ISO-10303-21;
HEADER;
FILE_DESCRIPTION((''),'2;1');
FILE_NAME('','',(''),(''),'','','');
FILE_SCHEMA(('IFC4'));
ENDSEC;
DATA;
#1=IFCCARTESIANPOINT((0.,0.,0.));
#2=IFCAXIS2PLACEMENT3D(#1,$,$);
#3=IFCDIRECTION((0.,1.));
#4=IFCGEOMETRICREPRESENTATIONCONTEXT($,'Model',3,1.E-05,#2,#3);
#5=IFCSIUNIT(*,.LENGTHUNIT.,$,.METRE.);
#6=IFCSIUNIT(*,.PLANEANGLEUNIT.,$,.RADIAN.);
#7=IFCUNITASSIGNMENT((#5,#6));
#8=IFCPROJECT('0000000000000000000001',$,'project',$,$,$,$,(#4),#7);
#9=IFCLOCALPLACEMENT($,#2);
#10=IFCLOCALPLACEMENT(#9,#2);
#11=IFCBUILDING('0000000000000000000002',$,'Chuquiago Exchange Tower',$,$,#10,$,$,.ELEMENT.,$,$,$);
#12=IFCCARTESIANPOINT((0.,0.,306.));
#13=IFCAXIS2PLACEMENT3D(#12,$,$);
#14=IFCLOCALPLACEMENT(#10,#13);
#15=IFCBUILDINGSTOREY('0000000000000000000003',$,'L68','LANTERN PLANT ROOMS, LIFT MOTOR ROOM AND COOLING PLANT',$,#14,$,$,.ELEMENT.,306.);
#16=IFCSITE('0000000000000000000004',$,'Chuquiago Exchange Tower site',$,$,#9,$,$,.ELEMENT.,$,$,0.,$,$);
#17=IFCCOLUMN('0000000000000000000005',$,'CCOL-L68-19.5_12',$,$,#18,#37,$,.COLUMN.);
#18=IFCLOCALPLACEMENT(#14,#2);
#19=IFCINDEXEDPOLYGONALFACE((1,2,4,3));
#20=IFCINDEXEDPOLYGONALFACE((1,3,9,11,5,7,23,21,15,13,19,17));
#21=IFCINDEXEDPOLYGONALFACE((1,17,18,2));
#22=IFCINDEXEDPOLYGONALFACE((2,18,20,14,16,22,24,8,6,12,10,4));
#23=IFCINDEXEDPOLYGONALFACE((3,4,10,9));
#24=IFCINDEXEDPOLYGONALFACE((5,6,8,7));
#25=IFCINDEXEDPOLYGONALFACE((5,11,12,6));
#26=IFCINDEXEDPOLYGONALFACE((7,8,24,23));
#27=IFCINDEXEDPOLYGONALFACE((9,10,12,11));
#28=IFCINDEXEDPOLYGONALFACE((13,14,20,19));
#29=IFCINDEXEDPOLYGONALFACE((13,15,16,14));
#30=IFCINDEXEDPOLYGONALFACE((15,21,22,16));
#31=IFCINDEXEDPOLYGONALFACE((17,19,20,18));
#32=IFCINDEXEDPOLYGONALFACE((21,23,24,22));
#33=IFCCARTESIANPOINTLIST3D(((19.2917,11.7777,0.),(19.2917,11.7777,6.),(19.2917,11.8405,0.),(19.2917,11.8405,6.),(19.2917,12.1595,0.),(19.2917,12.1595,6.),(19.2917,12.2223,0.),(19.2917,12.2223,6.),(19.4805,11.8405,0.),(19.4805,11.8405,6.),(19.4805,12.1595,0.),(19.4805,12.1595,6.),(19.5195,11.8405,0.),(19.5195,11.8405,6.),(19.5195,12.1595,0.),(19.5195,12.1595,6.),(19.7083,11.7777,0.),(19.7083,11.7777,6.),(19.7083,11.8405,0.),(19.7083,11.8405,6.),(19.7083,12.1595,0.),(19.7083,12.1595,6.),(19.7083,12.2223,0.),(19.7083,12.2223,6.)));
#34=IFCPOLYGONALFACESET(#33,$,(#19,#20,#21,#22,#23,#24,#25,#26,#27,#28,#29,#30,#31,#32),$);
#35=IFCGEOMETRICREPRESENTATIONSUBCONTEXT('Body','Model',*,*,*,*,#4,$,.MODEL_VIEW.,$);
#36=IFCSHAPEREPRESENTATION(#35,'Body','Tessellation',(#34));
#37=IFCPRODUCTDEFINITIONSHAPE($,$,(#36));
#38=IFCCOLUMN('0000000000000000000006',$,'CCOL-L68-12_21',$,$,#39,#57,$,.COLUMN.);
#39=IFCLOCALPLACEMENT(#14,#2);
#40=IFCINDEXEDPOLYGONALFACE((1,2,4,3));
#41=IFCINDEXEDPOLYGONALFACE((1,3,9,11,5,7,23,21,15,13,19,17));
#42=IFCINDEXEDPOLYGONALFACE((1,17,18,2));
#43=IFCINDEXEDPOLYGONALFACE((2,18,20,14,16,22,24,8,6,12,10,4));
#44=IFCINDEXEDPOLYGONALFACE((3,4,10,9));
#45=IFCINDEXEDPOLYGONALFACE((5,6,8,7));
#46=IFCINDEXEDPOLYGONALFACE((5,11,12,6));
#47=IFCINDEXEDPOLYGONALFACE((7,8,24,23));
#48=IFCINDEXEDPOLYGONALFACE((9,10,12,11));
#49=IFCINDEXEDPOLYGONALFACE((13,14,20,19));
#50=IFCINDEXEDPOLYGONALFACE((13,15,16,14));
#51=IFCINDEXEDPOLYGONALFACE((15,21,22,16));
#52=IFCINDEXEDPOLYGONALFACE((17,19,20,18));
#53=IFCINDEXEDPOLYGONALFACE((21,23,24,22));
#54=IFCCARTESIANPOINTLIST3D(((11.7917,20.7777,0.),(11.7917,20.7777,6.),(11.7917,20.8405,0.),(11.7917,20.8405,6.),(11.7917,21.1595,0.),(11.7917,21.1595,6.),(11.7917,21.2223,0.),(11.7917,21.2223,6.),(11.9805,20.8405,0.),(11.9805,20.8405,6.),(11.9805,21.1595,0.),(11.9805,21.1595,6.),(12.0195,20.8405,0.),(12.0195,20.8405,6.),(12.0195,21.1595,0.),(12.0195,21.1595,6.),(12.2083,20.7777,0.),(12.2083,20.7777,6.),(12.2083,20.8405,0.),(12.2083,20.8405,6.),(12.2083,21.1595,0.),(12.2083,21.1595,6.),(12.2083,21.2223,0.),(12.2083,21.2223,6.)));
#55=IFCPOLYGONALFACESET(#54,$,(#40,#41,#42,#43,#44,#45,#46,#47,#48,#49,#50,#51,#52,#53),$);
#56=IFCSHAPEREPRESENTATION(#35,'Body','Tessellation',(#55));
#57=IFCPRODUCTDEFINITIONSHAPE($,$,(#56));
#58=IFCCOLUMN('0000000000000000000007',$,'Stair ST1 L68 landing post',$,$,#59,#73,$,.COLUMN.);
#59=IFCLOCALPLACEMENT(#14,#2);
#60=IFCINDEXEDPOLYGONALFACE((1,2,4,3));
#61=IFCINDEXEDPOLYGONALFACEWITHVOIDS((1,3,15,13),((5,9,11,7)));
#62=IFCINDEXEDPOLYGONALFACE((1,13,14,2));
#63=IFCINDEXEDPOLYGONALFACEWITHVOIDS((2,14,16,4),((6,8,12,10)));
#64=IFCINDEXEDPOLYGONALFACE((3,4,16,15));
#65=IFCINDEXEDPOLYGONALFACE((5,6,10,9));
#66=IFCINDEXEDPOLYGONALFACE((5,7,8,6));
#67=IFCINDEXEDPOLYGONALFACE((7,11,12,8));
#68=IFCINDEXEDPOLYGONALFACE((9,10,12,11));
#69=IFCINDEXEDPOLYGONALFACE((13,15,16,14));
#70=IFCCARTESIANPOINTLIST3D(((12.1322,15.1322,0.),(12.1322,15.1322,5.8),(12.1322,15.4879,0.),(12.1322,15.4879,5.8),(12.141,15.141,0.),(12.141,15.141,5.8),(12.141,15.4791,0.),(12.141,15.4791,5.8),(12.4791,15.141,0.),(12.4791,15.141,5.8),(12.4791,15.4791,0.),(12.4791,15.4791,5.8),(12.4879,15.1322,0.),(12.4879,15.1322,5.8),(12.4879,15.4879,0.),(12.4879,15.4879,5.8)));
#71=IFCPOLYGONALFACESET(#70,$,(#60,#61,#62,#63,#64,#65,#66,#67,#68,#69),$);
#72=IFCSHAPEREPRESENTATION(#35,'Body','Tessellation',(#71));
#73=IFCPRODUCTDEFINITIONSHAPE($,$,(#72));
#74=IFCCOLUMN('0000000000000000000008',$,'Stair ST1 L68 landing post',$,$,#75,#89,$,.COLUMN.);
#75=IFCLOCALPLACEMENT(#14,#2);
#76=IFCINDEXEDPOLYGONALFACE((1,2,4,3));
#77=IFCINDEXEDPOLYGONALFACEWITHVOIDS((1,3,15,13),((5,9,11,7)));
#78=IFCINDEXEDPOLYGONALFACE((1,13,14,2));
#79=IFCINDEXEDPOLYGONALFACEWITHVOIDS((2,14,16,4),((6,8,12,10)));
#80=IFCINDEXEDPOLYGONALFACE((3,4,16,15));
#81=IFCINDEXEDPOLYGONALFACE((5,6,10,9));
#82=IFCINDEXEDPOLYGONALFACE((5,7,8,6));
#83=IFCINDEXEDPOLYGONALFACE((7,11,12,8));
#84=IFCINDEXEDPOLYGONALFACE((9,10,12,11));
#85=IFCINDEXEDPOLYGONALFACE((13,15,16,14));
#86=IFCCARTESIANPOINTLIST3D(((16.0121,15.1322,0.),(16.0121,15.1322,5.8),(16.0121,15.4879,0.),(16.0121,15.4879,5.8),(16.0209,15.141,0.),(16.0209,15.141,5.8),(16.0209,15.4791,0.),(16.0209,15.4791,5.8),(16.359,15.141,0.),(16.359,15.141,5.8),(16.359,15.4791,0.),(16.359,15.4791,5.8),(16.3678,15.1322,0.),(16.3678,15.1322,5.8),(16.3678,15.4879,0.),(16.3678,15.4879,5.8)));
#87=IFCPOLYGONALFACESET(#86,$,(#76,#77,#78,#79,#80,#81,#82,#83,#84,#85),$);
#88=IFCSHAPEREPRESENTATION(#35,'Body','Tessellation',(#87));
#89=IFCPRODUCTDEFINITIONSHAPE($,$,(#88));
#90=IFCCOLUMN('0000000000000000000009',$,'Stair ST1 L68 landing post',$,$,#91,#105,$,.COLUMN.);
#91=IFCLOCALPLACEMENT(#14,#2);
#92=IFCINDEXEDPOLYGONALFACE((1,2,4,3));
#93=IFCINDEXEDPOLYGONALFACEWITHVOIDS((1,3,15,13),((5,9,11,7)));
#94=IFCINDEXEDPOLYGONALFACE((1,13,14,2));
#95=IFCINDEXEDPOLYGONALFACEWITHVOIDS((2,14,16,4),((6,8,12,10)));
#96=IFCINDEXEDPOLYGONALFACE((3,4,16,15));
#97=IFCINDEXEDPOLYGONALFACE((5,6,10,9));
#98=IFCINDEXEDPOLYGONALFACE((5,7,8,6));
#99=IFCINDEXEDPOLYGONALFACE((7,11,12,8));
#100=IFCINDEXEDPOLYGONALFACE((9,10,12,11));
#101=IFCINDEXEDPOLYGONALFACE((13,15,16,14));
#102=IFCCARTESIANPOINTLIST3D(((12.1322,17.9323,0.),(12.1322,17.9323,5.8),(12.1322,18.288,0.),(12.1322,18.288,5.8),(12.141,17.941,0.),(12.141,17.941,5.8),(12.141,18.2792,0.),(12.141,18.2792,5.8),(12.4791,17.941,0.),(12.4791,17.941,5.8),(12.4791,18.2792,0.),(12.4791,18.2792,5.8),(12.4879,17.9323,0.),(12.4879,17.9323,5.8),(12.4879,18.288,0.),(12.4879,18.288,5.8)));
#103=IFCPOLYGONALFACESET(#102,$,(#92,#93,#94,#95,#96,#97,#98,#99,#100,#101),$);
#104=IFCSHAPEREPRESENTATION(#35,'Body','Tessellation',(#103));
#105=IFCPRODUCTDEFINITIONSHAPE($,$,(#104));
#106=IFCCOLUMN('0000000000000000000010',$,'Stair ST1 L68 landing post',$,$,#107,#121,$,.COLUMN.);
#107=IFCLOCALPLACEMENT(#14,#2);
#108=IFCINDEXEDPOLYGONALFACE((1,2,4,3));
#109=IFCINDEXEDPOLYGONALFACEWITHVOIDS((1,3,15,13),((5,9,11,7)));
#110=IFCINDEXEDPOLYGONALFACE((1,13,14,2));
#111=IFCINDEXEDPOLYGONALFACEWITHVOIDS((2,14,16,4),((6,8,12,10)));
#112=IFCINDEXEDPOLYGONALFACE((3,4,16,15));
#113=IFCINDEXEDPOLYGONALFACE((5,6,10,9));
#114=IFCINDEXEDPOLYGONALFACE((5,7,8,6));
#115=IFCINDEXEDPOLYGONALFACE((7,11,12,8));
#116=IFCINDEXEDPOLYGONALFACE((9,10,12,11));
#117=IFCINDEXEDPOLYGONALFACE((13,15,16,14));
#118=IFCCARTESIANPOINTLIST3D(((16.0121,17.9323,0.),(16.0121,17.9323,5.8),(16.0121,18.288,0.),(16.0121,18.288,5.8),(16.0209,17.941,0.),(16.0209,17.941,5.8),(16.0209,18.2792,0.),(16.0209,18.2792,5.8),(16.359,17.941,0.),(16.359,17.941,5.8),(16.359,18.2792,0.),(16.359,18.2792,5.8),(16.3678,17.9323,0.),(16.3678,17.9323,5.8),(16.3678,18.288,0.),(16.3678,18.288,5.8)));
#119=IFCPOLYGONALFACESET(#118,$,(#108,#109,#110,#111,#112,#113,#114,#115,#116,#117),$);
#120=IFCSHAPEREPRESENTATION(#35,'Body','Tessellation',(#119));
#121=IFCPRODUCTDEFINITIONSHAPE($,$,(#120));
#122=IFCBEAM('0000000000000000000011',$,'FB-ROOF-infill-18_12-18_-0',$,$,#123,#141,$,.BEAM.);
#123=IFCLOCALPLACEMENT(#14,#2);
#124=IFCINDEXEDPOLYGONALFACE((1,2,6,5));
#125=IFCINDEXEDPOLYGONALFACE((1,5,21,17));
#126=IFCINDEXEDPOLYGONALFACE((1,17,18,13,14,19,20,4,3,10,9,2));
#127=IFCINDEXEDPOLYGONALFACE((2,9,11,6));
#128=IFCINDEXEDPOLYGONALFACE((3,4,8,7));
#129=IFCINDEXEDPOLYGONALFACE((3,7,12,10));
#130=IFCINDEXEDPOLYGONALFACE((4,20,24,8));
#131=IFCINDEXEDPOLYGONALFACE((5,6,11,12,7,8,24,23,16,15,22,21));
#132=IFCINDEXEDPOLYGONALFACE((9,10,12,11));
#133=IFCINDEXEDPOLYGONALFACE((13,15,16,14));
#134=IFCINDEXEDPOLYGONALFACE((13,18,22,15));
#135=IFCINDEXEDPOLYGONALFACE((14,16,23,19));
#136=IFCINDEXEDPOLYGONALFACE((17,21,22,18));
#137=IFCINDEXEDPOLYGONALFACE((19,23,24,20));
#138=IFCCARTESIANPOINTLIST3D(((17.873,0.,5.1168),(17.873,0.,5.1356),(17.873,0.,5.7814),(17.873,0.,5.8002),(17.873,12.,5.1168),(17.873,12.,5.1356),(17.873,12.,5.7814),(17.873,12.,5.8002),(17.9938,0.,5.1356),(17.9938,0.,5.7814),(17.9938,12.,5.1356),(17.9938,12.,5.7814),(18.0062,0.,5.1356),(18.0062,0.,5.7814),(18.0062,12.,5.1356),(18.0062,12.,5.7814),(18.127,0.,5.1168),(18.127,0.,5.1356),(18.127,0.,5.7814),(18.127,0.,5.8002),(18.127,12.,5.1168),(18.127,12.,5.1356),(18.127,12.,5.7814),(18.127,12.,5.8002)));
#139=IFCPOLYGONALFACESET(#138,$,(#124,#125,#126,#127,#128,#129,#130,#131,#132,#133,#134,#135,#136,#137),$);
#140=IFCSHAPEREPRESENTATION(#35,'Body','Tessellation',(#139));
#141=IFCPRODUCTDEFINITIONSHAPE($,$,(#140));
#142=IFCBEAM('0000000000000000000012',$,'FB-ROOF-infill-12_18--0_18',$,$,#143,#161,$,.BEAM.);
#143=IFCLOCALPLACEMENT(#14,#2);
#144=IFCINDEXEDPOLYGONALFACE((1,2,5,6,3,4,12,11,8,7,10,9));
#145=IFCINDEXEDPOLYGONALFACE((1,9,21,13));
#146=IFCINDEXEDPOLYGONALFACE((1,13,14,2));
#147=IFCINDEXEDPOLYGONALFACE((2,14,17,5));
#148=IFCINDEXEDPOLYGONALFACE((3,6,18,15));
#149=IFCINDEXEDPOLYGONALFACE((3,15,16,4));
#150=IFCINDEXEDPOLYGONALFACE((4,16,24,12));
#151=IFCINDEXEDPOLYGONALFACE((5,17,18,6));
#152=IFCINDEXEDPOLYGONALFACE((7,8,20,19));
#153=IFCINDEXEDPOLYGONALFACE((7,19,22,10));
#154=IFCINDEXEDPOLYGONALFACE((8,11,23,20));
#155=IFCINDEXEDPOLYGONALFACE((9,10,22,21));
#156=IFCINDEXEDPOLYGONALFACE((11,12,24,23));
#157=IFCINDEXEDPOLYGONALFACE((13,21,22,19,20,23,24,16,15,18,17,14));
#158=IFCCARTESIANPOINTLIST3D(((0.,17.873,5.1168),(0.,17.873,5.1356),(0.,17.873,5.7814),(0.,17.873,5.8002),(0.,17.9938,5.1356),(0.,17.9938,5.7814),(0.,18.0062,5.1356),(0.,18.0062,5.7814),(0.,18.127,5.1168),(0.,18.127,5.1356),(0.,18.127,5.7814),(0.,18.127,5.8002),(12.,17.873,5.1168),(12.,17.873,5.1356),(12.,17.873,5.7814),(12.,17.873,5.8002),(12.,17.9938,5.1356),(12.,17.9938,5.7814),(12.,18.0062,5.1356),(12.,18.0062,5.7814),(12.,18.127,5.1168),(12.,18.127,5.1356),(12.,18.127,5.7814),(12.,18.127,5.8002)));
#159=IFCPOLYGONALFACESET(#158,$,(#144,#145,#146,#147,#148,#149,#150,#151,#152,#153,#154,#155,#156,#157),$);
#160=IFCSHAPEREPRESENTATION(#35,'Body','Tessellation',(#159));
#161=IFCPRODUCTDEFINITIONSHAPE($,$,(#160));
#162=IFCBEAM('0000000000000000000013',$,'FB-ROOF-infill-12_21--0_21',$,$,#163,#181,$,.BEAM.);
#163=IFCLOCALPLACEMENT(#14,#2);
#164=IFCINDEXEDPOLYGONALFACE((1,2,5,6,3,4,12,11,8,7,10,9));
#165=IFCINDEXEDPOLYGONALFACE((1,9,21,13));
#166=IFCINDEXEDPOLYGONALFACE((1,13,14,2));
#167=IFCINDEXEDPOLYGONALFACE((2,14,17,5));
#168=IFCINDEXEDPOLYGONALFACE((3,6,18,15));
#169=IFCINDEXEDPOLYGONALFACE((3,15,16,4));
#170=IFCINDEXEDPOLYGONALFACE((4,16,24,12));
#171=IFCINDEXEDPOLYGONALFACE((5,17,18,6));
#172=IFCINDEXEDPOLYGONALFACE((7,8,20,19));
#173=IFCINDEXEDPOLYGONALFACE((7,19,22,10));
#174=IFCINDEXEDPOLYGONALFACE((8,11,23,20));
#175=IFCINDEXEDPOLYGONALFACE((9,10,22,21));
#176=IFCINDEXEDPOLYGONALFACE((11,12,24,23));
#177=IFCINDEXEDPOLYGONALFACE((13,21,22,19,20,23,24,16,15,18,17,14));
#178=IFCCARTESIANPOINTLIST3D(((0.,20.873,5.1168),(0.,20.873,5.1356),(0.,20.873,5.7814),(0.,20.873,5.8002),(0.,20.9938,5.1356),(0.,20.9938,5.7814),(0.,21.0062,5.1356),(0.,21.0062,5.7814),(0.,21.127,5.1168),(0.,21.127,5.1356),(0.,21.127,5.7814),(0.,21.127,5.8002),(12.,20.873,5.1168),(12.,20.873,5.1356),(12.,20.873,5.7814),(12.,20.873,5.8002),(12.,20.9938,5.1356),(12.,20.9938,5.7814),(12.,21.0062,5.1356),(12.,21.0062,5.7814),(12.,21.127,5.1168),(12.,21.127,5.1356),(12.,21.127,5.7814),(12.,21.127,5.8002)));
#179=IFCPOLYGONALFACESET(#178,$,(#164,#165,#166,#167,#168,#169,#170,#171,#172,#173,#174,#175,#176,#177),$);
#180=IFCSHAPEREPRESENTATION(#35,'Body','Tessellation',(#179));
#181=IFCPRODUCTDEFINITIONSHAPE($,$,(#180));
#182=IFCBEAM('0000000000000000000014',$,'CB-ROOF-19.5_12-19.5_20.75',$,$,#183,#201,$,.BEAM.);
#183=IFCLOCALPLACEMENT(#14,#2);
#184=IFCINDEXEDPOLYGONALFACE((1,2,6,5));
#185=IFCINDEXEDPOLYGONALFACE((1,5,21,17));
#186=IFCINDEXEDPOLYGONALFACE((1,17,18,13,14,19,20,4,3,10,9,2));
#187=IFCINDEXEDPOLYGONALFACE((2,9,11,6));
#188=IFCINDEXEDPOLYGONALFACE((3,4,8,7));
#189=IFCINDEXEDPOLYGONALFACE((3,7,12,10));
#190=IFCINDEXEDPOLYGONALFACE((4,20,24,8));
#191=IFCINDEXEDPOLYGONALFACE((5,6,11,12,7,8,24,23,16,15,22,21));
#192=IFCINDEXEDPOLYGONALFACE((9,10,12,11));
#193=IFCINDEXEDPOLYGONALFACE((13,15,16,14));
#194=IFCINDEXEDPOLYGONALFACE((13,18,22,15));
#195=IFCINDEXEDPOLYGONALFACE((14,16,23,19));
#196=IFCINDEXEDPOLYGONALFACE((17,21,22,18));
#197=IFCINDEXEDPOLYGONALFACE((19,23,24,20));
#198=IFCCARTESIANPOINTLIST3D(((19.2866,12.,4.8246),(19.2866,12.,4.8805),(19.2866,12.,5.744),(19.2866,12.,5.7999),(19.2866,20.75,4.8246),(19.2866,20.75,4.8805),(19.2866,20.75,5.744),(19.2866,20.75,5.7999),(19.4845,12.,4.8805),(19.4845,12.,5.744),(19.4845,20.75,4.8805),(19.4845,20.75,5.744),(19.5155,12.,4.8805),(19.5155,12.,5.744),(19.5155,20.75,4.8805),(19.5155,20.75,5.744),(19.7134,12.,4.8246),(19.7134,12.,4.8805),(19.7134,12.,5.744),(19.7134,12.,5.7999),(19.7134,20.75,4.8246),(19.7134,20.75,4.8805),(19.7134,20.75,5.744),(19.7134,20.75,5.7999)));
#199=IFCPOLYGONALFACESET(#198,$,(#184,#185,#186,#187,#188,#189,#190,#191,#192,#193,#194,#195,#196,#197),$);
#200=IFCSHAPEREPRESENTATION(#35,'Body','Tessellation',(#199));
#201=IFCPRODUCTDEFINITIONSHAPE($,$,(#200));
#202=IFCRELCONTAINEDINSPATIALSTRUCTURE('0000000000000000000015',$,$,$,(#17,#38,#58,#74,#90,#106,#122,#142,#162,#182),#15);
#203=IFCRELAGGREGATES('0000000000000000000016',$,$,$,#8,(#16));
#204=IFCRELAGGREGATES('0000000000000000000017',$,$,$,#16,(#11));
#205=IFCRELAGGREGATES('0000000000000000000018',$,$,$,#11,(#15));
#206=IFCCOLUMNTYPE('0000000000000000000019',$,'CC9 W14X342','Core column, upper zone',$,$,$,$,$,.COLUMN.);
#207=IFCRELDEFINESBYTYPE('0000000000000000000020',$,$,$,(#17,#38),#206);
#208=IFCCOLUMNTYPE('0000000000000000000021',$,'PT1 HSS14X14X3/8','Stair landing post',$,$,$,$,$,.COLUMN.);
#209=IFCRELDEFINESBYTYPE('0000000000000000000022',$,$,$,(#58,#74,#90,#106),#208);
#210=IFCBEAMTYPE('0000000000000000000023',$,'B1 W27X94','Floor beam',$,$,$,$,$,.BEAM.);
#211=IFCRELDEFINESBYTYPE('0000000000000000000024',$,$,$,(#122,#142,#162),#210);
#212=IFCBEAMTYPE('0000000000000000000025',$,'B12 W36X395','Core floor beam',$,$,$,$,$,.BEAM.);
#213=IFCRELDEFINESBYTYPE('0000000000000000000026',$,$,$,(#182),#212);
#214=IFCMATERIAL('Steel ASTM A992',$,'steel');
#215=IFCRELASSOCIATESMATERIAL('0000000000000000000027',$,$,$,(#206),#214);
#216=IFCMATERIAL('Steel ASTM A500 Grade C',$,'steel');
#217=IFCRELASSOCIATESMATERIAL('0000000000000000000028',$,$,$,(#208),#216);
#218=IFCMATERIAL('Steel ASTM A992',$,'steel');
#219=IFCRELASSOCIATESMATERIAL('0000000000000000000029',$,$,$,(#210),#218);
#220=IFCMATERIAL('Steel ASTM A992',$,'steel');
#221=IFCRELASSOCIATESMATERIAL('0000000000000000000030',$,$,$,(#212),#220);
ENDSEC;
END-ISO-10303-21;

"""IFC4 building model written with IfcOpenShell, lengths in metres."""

from ifc_helpers import new_model, si_unit, direction, frame, origin, origin_2d, place, context, subcontext, project, spatial, hollow_rectangle, i_section, extrude, material, material_profile, profile_set, type_object, element, save


model = new_model("IFC4")

# Units and contexts
model_context = context("Model", 3, precision=1e-05, world=origin(), true_north=direction((0.0, 1.0)))
body_context = subcontext(model_context, "Body", "Model", "MODEL_VIEW")
ifc_project = project(units=[si_unit("LENGTHUNIT", "METRE"), si_unit("PLANEANGLEUNIT", "RADIAN")], contexts=[model_context])

# Site, building, storey
site_placement = place(None, origin())
site = spatial("IfcSite", under=ifc_project, at=site_placement, Name="Chuquiago Exchange Tower site", CompositionType="ELEMENT", RefElevation=0.0)
building_placement = place(site_placement, origin())
building = spatial("IfcBuilding", under=site, at=building_placement, Name="Chuquiago Exchange Tower", CompositionType="ELEMENT")
storey_placement = place(building_placement, frame((0.0, 0.0, 306.0)))
storey = spatial("IfcBuildingStorey", under=building, at=storey_placement, Name="L68", Description="LANTERN PLANT ROOMS, LIFT MOTOR ROOM AND COOLING PLANT", CompositionType="ELEMENT", Elevation=306.0)

# Columns
ifc_material_1 = material(Name="Steel ASTM A992", Category="steel")
ifc_material_profile_1 = material_profile(ifc_material_1, i_section(OverallWidth=0.4165, OverallDepth=0.4446, WebThickness=0.0391, FlangeThickness=0.0627, at=origin_2d()), Name="W14X342")
ifc_profile_set_1 = profile_set([ifc_material_profile_1], Name="Steel ASTM A992")
column_type_1 = type_object("IfcColumnType", Name="CC9 W14X342", Description="Core column, upper zone", PredefinedType="COLUMN", material=ifc_profile_set_1)
for number, where, z_axis, x_axis, name in (
    (1, (19.5, 12.0, 0.0), (0.0, 0.0, 1.0), (1.0, 0.0, 0.0), "CCOL-L68-19.5_12"),
    (2, (12.0, 21.0, 0.0), (0.0, 0.0, 1.0), (1.0, 0.0, 0.0), "CCOL-L68-12_21"),
):
    element("IfcColumn", number, at=place(storey_placement, frame(where, z_axis=z_axis, x_axis=x_axis)), inside=storey, type_object=column_type_1, Name=name, PredefinedType="COLUMN", context=body_context, shape_type="SweptSolid", body=[
        extrude(i_section(OverallWidth=0.4165, OverallDepth=0.4446, WebThickness=0.0391, FlangeThickness=0.0627, at=origin_2d()), origin(), (0.0, 0.0, 1.0), 6.0),
    ])
ifc_material_2 = material(Name="Steel ASTM A500 Grade C", Category="steel")
ifc_material_profile_2 = material_profile(ifc_material_2, hollow_rectangle(XDim=0.3557, YDim=0.3557, WallThickness=0.0088, at=origin_2d()), Name="HSS14X14X3/8")
ifc_profile_set_2 = profile_set([ifc_material_profile_2], Name="Steel ASTM A500 Grade C")
column_type_2 = type_object("IfcColumnType", Name="PT1 HSS14X14X3/8", Description="Stair landing post", PredefinedType="COLUMN", material=ifc_profile_set_2)
for number, where, z_axis, x_axis, name in (
    (3, (12.3101, 15.3101, 0.0), (0.0, 0.0, 1.0), (1.0, 0.0, 0.0), "Stair ST1 L68 landing post"),
    (4, (16.1899, 15.3101, 0.0), (0.0, 0.0, 1.0), (1.0, 0.0, 0.0), "Stair ST1 L68 landing post"),
    (5, (12.3101, 18.1101, 0.0), (0.0, 0.0, 1.0), (1.0, 0.0, 0.0), "Stair ST1 L68 landing post"),
    (6, (16.1899, 18.1101, 0.0), (0.0, 0.0, 1.0), (1.0, 0.0, 0.0), "Stair ST1 L68 landing post"),
):
    element("IfcColumn", number, at=place(storey_placement, frame(where, z_axis=z_axis, x_axis=x_axis)), inside=storey, type_object=column_type_2, Name=name, PredefinedType="COLUMN", context=body_context, shape_type="SweptSolid", body=[
        extrude(hollow_rectangle(XDim=0.3557, YDim=0.3557, WallThickness=0.0088, at=origin_2d()), origin(), (0.0, 0.0, 1.0), 5.8),
    ])

# Beams
ifc_material_3 = material(Name="Steel ASTM A992", Category="steel")
ifc_material_profile_3 = material_profile(ifc_material_3, i_section(OverallWidth=0.2539, OverallDepth=0.6833, WebThickness=0.0125, FlangeThickness=0.0188, at=origin_2d()), Name="W27X94")
ifc_profile_set_3 = profile_set([ifc_material_profile_3], Name="Steel ASTM A992")
beam_type_1 = type_object("IfcBeamType", Name="B1 W27X94", Description="Floor beam", PredefinedType="BEAM", material=ifc_profile_set_3)
for number, where, z_axis, x_axis, name in (
    (7, (18.0, 12.0, 5.4585), (0.0, -1.0, 0.0), (1.0, 0.0, 0.0), "FB-ROOF-infill-18_12-18_-0"),
    (8, (12.0, 18.0, 5.4585), (-1.0, 0.0, 0.0), (0.0, -1.0, 0.0), "FB-ROOF-infill-12_18--0_18"),
    (9, (12.0, 21.0, 5.4585), (-1.0, 0.0, 0.0), (0.0, -1.0, 0.0), "FB-ROOF-infill-12_21--0_21"),
):
    element("IfcBeam", number, at=place(storey_placement, frame(where, z_axis=z_axis, x_axis=x_axis)), inside=storey, type_object=beam_type_1, Name=name, PredefinedType="BEAM", context=body_context, shape_type="SweptSolid", body=[
        extrude(i_section(OverallWidth=0.2539, OverallDepth=0.6833, WebThickness=0.0125, FlangeThickness=0.0188, at=origin_2d()), origin(), (0.0, 0.0, 1.0), 12.0),
    ])
ifc_material_4 = material(Name="Steel ASTM A992", Category="steel")
ifc_material_profile_4 = material_profile(ifc_material_4, i_section(OverallWidth=0.4268, OverallDepth=0.9753, WebThickness=0.031, FlangeThickness=0.0559, at=origin_2d()), Name="W36X395")
ifc_profile_set_4 = profile_set([ifc_material_profile_4], Name="Steel ASTM A992")
beam_type_2 = type_object("IfcBeamType", Name="B12 W36X395", Description="Core floor beam", PredefinedType="BEAM", material=ifc_profile_set_4)
beam_1_placement = place(storey_placement, frame((19.5, 12.0, 5.3123), z_axis=(0.0, 1.0, 0.0), x_axis=(-1.0, 0.0, 0.0)))
element("IfcBeam", 10, at=beam_1_placement, inside=storey, type_object=beam_type_2, Name="CB-ROOF-19.5_12-19.5_20.75", PredefinedType="BEAM", context=body_context, shape_type="SweptSolid", body=[
    extrude(i_section(OverallWidth=0.4268, OverallDepth=0.9753, WebThickness=0.031, FlangeThickness=0.0559, at=origin_2d()), origin(), (0.0, 0.0, 1.0), 8.75),
])

save(model, "model.ifc")
